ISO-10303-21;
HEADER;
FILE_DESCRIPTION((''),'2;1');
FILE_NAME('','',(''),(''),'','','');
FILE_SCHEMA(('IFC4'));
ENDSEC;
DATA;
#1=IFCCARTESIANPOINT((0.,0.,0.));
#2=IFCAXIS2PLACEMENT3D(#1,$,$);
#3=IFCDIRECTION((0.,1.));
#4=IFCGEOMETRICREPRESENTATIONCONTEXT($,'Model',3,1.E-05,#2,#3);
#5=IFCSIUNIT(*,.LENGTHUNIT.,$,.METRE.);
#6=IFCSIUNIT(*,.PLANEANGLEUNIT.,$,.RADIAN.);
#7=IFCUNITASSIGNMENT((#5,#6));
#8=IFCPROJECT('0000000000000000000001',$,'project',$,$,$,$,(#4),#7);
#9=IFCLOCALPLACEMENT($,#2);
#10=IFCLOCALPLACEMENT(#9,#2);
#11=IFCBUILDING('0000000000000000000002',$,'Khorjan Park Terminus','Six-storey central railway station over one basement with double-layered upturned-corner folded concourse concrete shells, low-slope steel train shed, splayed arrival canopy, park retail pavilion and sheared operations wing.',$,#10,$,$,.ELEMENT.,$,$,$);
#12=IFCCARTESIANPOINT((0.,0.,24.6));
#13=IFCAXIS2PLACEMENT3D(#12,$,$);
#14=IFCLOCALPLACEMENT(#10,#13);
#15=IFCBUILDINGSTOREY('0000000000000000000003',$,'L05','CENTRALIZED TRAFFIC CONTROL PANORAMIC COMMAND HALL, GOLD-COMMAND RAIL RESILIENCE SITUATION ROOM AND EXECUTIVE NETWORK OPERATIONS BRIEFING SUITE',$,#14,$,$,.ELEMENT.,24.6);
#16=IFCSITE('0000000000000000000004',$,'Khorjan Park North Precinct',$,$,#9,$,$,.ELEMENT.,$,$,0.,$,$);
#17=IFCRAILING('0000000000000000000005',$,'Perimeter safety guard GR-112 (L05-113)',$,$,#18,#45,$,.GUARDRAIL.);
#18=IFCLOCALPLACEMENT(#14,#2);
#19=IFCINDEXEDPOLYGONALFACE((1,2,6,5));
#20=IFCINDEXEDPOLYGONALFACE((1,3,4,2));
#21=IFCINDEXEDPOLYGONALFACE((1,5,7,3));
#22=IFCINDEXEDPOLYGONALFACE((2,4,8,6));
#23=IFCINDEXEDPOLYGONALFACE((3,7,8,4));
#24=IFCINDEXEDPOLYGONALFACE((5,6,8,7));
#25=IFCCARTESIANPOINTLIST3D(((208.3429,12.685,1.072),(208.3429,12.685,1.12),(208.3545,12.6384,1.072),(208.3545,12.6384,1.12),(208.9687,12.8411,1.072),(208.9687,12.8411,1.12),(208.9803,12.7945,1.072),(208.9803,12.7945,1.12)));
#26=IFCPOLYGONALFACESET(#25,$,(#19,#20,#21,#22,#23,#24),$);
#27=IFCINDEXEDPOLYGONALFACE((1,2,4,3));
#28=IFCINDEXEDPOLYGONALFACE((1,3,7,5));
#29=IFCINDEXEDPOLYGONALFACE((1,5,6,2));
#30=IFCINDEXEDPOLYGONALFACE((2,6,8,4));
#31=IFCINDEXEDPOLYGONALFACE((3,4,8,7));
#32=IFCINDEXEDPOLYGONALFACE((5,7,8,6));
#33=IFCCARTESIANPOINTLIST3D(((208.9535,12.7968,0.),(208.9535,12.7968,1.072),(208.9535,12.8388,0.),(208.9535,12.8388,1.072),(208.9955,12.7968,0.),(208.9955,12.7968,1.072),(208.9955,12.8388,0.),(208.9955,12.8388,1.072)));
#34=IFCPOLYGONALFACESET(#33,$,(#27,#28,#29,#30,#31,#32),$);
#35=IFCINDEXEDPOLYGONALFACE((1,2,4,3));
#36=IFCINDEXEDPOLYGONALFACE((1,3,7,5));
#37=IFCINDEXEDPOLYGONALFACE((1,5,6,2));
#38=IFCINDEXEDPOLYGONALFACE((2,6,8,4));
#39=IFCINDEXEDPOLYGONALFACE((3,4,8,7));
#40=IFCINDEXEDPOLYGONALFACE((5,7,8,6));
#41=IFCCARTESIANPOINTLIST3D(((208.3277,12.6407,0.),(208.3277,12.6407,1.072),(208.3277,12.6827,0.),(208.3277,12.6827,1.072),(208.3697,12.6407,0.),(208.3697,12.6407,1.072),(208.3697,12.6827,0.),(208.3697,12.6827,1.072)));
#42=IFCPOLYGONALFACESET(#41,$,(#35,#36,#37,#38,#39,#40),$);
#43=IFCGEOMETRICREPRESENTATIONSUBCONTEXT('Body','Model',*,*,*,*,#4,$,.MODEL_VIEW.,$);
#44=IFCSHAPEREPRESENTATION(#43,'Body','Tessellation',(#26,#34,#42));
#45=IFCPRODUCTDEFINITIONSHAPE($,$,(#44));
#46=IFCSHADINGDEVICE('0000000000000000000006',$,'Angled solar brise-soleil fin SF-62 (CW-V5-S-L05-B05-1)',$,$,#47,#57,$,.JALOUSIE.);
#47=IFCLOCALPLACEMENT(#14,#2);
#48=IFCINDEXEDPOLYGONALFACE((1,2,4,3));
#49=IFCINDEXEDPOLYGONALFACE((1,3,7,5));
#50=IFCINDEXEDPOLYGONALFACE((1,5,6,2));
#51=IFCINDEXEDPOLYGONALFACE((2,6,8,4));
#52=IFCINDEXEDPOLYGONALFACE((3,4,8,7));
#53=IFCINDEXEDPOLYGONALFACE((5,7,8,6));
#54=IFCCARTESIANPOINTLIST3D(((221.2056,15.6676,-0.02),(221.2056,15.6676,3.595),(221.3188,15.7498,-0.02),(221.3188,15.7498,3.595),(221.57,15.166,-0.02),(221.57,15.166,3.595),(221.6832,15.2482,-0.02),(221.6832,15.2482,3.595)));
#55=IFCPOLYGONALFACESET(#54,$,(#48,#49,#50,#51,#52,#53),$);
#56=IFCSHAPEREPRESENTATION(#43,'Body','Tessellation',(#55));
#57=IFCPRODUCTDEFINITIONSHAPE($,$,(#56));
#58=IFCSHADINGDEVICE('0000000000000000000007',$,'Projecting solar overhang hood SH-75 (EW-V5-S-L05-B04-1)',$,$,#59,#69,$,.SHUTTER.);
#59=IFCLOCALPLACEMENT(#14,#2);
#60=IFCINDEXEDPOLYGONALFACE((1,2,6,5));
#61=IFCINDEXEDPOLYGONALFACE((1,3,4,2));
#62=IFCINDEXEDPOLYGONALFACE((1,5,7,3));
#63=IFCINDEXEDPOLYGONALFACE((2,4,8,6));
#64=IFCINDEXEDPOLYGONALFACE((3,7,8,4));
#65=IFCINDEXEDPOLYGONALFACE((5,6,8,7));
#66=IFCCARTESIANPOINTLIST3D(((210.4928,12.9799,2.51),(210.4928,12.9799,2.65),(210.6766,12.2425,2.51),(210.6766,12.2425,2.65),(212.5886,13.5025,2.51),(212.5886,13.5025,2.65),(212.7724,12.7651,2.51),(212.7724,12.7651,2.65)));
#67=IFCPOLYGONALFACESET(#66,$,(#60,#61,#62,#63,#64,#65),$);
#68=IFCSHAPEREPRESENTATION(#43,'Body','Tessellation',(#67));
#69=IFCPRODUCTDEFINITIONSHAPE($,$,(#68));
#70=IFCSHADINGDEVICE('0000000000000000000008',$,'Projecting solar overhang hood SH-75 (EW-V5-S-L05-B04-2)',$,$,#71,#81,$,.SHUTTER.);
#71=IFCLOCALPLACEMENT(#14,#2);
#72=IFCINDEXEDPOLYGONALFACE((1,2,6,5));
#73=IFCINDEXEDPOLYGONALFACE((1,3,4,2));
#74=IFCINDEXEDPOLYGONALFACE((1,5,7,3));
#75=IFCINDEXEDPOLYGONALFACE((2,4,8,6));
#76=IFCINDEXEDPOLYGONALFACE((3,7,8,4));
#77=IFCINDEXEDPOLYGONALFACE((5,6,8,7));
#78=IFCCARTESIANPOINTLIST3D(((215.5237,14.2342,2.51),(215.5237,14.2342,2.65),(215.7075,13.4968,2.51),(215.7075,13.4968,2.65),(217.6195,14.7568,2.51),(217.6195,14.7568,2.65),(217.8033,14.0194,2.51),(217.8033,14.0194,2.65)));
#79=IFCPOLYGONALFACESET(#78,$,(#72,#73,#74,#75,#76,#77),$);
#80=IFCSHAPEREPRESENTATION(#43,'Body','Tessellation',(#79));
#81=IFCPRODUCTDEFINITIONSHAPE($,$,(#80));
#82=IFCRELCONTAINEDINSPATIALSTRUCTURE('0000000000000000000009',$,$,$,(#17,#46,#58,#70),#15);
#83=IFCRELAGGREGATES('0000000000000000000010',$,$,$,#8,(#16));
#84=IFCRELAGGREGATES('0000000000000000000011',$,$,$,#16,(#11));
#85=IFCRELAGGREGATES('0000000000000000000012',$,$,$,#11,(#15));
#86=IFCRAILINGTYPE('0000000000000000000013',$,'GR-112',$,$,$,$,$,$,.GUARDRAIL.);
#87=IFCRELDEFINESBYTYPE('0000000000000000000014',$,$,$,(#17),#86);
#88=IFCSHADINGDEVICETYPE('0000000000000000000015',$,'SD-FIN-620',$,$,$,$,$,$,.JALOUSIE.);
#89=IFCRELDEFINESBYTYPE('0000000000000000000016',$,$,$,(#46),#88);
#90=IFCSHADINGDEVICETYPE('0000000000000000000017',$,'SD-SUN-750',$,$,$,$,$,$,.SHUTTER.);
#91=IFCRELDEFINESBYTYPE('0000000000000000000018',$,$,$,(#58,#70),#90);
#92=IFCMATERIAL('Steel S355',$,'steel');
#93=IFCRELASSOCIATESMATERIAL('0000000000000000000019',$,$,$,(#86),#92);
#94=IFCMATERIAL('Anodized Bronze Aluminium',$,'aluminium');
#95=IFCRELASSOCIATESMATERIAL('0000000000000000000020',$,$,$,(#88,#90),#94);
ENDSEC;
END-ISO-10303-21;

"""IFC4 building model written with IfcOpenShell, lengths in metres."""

from ifc_helpers import new_model, si_unit, direction, frame, origin, origin_2d, place, context, subcontext, project, spatial, rectangle, extrude, material, type_object, element, save


model = new_model("IFC4")

# Units and contexts
model_context = context("Model", 3, precision=1e-05, world=origin(), true_north=direction((0.0, 1.0)))
body_context = subcontext(model_context, "Body", "Model", "MODEL_VIEW")
ifc_project = project(units=[si_unit("LENGTHUNIT", "METRE"), si_unit("PLANEANGLEUNIT", "RADIAN")], contexts=[model_context])

# Site, building, storey
site_placement = place(None, origin())
site = spatial("IfcSite", under=ifc_project, at=site_placement, Name="Khorjan Park North Precinct", CompositionType="ELEMENT", RefElevation=0.0)
building_placement = place(site_placement, origin())
building = spatial("IfcBuilding", under=site, at=building_placement, Name="Khorjan Park Terminus", Description="Six-storey central railway station over one basement with double-layered upturned-corner folded concourse concrete shells, low-slope steel train shed, splayed arrival canopy, park retail pavilion and sheared operations wing.", CompositionType="ELEMENT")
storey_placement = place(building_placement, frame((0.0, 0.0, 24.6)))
storey = spatial("IfcBuildingStorey", under=building, at=storey_placement, Name="L05", Description="CENTRALIZED TRAFFIC CONTROL PANORAMIC COMMAND HALL, GOLD-COMMAND RAIL RESILIENCE SITUATION ROOM AND EXECUTIVE NETWORK OPERATIONS BRIEFING SUITE", CompositionType="ELEMENT", Elevation=24.6)

# Shared definitions
ifc_material_1 = material(Name="Steel S355", Category="steel")

# Shared definitions
ifc_material_2 = material(Name="Anodized Bronze Aluminium", Category="aluminium")

# Railing
railing_type = type_object("IfcRailingType", Name="GR-112", PredefinedType="GUARDRAIL", material=ifc_material_1)
railing_placement = place(storey_placement, frame((208.9745, 12.8178, 0.0)))
element("IfcRailing", 1, at=railing_placement, inside=storey, type_object=railing_type, Name="Perimeter safety guard GR-112 (L05-113)", PredefinedType="GUARDRAIL", context=body_context, shape_type="SweptSolid", body=[
    extrude(rectangle(XDim=0.048, YDim=0.048, at=origin_2d()), frame((0.0, 0.0, 1.096), z_axis=(-0.97027, -0.242025, 0.0), x_axis=(0.242025, -0.97027, 0.0)), (0.0, 0.0, 1.0), 0.645),
    extrude(rectangle(XDim=0.042, YDim=0.042, at=origin_2d()), origin(), (0.0, 0.0, 1.0), 1.072),
    extrude(rectangle(XDim=0.042, YDim=0.042, at=origin_2d()), frame((-0.6258, -0.1561, 0.0)), (0.0, 0.0, 1.0), 1.072),
])

# Shading devices
shading_device_type_1 = type_object("IfcShadingDeviceType", Name="SD-FIN-620", PredefinedType="JALOUSIE", material=ifc_material_2)
shading_device_placement = place(storey_placement, frame((221.4444, 15.4579, -0.02), z_axis=(0.0, 0.0, 1.0), x_axis=(-0.587785, 0.809017, 0.0)))
element("IfcShadingDevice", 2, at=shading_device_placement, inside=storey, type_object=shading_device_type_1, Name="Angled solar brise-soleil fin SF-62 (CW-V5-S-L05-B05-1)", PredefinedType="JALOUSIE", context=body_context, shape_type="SweptSolid", body=[
    extrude(rectangle(XDim=0.62, YDim=0.14, at=origin_2d()), origin(), (0.0, 0.0, 1.0), 3.615),
])
shading_device_type_2 = type_object("IfcShadingDeviceType", Name="SD-SUN-750", PredefinedType="SHUTTER", material=ifc_material_2)
for number, where, z_axis, x_axis, name in (
    (3, (211.6326, 12.8725, 2.51), (0.0, 0.0, 1.0), (0.970297, 0.241916, 0.0), "Projecting solar overhang hood SH-75 (EW-V5-S-L05-B04-1)"),
    (4, (216.6635, 14.1268, 2.51), (0.0, 0.0, 1.0), (0.970297, 0.241916, 0.0), "Projecting solar overhang hood SH-75 (EW-V5-S-L05-B04-2)"),
):
    element("IfcShadingDevice", number, at=place(storey_placement, frame(where, z_axis=z_axis, x_axis=x_axis)), inside=storey, type_object=shading_device_type_2, Name=name, PredefinedType="SHUTTER", context=body_context, shape_type="SweptSolid", body=[
        extrude(rectangle(XDim=2.16, YDim=0.76, at=origin_2d()), origin(), (0.0, 0.0, 1.0), 0.14),
    ])

save(model, "model.ifc")
